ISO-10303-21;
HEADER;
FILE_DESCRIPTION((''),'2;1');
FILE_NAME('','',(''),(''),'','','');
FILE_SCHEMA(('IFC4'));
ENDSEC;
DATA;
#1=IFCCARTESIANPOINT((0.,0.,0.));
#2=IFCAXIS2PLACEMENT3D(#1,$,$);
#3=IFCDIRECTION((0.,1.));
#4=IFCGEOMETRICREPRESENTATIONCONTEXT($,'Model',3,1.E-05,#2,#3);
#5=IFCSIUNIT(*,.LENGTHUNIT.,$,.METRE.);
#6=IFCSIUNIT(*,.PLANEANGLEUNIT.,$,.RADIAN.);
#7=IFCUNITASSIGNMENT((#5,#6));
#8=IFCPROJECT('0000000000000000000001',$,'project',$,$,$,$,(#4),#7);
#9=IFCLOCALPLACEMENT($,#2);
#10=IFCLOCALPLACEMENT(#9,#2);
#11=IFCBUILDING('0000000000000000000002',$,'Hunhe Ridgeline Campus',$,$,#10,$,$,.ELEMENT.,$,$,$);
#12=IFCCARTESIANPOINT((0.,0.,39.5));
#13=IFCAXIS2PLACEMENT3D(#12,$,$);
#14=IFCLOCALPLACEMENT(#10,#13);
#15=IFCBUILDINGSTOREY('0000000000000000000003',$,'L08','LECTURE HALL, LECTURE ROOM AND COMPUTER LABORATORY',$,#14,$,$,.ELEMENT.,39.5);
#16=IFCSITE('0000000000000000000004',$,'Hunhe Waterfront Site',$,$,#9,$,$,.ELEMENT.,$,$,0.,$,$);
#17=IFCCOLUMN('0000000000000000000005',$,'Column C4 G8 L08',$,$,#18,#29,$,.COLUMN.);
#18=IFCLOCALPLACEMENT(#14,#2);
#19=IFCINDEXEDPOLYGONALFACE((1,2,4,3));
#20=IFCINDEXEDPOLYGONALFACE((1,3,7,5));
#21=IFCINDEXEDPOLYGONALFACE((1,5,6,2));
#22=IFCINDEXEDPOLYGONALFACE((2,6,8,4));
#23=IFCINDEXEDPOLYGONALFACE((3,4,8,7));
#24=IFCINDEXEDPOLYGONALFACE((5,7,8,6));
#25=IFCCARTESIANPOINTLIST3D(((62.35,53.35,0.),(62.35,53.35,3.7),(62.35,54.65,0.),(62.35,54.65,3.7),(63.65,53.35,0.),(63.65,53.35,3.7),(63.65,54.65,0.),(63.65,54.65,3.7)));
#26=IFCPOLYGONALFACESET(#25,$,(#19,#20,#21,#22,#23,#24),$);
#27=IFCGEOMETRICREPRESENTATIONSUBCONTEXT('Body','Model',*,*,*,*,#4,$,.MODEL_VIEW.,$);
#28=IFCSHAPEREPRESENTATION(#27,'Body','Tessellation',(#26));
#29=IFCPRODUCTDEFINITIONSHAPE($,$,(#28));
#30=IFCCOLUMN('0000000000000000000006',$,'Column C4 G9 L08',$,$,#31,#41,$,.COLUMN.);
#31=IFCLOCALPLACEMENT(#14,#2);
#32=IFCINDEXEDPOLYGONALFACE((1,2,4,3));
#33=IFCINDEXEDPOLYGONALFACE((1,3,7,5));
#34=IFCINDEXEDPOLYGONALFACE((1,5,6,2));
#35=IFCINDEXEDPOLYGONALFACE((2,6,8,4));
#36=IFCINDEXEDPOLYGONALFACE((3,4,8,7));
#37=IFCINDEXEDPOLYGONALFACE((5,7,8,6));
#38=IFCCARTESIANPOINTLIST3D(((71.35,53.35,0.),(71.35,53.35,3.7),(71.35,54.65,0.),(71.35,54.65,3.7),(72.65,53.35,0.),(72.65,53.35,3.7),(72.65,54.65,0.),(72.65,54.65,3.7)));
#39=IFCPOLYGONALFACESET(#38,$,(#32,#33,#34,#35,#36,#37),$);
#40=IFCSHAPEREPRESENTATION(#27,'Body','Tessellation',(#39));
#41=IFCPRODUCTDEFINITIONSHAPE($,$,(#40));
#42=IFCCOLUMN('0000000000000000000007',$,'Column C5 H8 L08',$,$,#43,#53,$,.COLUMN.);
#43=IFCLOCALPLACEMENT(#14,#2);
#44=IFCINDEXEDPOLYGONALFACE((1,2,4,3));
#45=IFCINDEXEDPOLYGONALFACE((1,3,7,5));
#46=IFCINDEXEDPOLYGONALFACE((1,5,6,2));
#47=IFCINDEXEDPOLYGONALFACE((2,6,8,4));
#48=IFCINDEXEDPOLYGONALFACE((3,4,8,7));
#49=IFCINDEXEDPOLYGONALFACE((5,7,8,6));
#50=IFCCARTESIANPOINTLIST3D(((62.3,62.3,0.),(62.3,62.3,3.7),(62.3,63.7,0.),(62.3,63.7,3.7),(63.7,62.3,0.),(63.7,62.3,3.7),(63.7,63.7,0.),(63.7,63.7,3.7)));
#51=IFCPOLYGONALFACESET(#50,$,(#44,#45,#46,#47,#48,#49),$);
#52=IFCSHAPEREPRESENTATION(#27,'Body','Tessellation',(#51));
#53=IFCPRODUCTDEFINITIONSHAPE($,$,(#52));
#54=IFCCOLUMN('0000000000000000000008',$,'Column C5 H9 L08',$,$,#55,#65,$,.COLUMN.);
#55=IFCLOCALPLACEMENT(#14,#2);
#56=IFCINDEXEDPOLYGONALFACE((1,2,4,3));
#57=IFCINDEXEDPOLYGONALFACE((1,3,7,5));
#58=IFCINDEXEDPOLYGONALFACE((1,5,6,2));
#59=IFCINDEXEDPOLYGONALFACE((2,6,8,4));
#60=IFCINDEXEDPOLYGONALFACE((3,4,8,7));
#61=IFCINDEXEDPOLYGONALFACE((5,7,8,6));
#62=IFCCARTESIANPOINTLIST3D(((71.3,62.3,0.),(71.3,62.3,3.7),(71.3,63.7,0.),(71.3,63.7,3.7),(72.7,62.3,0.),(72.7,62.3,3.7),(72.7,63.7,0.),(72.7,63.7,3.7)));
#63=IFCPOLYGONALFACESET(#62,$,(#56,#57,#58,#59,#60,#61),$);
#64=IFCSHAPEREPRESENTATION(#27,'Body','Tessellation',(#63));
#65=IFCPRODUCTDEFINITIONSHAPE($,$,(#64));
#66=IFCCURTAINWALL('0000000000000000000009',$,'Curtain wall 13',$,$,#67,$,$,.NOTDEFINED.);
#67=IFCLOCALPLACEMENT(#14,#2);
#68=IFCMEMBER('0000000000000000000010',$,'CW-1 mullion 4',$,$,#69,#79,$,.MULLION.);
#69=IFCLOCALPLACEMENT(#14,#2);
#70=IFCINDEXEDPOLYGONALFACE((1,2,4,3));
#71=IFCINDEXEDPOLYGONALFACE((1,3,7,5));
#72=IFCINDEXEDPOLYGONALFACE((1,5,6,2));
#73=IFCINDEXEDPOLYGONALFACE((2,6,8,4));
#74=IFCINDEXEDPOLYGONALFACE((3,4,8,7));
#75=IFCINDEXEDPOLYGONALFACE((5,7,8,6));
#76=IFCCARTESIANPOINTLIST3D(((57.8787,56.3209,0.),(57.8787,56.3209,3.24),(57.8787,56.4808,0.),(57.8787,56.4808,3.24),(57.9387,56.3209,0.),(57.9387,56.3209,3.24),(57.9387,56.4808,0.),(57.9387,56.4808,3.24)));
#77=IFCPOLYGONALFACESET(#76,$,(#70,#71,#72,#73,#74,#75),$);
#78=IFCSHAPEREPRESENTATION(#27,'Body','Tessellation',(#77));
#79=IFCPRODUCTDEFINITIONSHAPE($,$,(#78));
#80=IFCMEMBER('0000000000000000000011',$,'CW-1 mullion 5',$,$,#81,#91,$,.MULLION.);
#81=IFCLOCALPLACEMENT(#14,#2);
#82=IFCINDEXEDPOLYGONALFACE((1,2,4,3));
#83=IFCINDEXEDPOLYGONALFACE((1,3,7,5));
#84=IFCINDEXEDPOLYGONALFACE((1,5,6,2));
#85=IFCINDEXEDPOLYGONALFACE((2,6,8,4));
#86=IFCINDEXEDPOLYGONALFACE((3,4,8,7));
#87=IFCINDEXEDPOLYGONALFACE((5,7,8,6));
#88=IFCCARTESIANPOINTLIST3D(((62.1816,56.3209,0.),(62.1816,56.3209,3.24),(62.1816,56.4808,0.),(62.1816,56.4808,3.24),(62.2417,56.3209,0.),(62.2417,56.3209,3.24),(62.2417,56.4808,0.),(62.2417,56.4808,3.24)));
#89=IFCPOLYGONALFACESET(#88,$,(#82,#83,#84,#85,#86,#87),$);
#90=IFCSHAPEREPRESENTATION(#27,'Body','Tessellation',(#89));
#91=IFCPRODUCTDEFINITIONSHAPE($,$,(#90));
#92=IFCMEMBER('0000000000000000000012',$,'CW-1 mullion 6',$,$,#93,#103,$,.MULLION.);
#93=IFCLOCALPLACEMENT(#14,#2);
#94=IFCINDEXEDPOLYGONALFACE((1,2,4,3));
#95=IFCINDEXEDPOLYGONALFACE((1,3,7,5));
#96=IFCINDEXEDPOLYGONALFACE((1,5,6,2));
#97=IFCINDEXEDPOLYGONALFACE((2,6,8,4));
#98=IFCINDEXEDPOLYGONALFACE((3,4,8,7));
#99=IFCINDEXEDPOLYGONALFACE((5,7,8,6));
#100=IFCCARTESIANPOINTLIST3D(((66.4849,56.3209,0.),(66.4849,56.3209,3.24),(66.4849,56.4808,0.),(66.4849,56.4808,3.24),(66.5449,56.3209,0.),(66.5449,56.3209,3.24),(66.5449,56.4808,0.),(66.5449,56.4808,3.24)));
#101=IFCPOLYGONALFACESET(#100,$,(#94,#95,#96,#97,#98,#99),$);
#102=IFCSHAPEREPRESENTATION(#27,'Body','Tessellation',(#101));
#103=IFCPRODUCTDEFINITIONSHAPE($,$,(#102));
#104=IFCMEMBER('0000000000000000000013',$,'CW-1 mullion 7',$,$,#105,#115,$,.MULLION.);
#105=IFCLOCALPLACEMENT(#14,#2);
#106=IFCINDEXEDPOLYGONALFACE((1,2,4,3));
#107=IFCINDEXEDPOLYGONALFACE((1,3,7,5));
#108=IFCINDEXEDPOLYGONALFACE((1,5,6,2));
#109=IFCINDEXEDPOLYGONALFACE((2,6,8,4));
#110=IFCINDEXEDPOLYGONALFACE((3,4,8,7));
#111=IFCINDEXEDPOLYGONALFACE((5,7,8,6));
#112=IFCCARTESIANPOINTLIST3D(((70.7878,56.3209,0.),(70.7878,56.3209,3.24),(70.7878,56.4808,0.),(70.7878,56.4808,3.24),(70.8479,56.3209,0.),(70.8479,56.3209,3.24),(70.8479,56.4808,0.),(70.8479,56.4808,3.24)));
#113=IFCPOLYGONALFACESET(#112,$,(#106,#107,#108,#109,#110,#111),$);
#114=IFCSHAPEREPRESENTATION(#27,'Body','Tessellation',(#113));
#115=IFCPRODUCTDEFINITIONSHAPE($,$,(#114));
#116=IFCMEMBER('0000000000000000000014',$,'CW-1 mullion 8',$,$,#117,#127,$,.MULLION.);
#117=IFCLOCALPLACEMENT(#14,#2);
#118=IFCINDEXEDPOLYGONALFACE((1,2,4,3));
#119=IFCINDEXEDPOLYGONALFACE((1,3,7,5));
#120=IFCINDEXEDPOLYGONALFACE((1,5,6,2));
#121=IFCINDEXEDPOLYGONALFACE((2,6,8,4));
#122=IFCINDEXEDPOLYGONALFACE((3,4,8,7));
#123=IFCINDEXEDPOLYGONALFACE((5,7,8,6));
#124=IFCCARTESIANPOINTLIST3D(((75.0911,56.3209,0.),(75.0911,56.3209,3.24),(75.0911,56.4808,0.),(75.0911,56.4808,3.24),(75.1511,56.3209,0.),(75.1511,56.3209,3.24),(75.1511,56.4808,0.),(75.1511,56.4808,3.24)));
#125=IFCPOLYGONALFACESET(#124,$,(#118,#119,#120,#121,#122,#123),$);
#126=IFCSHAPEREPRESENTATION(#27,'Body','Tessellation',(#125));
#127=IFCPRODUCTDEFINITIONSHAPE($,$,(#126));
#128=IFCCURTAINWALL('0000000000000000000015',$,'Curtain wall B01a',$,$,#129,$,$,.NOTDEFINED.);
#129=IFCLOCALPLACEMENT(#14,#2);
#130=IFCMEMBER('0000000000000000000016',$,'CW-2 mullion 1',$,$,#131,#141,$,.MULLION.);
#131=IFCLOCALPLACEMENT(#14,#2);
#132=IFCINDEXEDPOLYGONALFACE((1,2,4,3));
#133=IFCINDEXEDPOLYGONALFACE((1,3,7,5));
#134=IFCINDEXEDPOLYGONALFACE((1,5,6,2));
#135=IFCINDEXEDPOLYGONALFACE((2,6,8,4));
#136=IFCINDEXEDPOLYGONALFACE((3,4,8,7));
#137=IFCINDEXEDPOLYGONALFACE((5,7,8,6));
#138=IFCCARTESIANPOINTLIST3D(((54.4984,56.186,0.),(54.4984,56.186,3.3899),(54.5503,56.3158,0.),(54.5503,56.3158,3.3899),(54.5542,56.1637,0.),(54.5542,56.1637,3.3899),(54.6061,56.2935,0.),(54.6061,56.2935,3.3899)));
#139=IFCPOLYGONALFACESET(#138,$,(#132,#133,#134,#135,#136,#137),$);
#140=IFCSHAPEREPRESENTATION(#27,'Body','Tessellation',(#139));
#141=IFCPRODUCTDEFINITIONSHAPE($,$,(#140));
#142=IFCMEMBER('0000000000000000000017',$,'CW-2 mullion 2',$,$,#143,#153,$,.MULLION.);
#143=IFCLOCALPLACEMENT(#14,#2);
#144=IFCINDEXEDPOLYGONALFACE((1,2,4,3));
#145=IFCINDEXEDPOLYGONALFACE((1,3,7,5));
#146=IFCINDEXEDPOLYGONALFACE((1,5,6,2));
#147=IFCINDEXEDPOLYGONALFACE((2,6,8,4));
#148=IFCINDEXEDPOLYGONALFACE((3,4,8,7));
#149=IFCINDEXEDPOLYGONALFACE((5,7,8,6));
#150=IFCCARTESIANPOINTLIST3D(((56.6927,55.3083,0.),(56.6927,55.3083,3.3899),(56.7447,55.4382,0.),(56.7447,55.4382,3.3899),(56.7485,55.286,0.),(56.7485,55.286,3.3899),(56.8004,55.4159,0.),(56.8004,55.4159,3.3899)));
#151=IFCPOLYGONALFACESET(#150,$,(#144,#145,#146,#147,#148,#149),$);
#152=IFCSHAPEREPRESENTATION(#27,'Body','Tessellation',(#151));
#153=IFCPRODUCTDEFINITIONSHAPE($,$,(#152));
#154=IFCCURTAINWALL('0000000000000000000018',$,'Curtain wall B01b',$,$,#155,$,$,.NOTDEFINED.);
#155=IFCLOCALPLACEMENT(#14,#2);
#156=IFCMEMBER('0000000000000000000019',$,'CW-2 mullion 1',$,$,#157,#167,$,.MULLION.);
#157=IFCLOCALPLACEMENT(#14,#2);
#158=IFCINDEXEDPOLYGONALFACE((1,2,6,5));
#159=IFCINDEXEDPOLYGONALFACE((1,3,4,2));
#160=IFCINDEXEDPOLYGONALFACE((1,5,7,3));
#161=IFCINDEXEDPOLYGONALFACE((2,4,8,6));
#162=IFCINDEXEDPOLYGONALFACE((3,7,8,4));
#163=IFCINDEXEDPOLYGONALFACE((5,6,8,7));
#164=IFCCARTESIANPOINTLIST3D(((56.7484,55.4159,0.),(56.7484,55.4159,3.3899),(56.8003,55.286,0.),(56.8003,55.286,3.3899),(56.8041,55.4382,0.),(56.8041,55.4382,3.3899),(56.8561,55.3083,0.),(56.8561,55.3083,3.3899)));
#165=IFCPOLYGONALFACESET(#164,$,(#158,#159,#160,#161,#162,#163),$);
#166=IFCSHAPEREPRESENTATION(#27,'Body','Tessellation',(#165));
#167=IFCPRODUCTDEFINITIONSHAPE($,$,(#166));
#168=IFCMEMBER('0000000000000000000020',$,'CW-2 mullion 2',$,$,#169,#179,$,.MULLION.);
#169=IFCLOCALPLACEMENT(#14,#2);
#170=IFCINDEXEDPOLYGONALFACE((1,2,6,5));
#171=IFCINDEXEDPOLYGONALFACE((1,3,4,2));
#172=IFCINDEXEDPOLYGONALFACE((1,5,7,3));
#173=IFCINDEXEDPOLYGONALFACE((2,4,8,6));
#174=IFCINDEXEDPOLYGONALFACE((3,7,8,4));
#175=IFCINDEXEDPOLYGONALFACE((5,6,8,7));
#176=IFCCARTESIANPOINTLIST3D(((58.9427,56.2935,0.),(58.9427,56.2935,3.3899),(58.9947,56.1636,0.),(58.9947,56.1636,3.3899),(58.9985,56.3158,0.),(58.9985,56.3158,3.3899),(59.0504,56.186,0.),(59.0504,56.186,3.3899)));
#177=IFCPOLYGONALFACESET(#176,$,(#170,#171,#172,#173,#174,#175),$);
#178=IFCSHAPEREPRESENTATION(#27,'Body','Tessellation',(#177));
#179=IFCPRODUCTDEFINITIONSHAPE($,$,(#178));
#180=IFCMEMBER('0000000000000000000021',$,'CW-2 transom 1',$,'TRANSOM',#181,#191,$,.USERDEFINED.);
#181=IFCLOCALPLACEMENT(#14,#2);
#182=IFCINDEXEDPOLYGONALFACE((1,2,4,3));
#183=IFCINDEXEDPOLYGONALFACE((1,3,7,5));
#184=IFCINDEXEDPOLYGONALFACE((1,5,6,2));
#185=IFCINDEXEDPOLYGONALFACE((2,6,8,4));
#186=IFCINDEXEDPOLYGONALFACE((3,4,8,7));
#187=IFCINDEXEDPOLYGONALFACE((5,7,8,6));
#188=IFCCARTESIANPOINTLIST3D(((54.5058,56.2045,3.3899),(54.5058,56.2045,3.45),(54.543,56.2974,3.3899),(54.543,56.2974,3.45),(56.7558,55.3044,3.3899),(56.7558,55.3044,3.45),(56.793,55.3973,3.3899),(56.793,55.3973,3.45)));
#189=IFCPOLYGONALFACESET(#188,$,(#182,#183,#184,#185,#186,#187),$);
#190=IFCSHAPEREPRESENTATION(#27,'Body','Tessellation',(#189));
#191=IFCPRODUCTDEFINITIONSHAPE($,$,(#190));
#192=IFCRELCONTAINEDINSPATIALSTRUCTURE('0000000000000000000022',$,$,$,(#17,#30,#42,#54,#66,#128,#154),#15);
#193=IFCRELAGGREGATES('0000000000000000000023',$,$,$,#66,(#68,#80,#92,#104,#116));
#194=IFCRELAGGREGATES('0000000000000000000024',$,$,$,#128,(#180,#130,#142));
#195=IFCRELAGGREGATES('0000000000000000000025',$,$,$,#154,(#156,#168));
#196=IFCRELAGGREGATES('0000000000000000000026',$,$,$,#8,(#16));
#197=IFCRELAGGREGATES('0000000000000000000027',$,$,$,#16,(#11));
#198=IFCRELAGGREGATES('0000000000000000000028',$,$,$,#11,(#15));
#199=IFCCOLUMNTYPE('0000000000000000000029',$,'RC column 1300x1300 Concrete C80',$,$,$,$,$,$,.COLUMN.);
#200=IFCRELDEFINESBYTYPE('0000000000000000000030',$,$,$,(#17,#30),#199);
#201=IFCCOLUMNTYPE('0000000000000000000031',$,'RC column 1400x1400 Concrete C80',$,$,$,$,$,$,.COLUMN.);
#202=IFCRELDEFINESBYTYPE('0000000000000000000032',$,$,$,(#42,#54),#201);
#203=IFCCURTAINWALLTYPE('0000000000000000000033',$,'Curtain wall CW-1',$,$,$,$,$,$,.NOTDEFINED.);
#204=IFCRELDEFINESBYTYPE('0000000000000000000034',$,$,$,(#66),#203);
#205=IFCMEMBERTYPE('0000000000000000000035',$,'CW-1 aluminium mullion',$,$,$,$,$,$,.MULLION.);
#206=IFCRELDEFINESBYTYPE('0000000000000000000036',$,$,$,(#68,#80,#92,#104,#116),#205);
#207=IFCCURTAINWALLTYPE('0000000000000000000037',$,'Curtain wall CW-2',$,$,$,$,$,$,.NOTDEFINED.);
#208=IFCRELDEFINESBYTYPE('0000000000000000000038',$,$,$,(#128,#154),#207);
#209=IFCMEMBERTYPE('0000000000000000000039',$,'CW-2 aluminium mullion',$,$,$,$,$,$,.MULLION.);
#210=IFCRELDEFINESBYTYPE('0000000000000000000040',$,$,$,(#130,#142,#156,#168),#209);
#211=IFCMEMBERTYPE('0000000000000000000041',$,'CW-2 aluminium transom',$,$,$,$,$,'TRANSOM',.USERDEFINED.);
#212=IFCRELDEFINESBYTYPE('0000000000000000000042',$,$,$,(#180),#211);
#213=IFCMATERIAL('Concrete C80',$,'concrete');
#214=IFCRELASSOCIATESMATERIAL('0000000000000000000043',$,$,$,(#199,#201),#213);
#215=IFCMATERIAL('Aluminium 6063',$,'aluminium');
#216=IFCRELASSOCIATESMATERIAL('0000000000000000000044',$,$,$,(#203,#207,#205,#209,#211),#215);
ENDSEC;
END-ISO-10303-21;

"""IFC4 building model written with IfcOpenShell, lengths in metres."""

from ifc_helpers import new_model, si_unit, direction, frame, origin, origin_2d, place, context, subcontext, project, spatial, rectangle, extrude, material, material_profile, profile_set, type_object, element, aggregate, save


model = new_model("IFC4")

# Units and contexts
model_context = context("Model", 3, precision=1e-05, world=origin(), true_north=direction((0.0, 1.0)))
body_context = subcontext(model_context, "Body", "Model", "MODEL_VIEW")
ifc_project = project(units=[si_unit("LENGTHUNIT", "METRE"), si_unit("PLANEANGLEUNIT", "RADIAN")], contexts=[model_context])

# Site, building, storey
site_placement = place(None, origin())
site = spatial("IfcSite", under=ifc_project, at=site_placement, Name="Hunhe Waterfront Site", CompositionType="ELEMENT", RefElevation=0.0)
building_placement = place(site_placement, origin())
building = spatial("IfcBuilding", under=site, at=building_placement, Name="Hunhe Ridgeline Campus", CompositionType="ELEMENT")
storey_placement = place(building_placement, frame((0.0, 0.0, 39.5)))
storey = spatial("IfcBuildingStorey", under=building, at=storey_placement, Name="L08", Description="LECTURE HALL, LECTURE ROOM AND COMPUTER LABORATORY", CompositionType="ELEMENT", Elevation=39.5)

# Columns
ifc_material_1 = material(Name="Concrete C80", Category="concrete")
ifc_material_profile_1 = material_profile(ifc_material_1, rectangle(XDim=1.3, YDim=1.3, at=origin_2d()))
ifc_profile_set_1 = profile_set([ifc_material_profile_1], Name="Concrete C80")
column_type_1 = type_object("IfcColumnType", Name="RC column 1300x1300 Concrete C80", PredefinedType="COLUMN", material=ifc_profile_set_1)
for number, where, z_axis, x_axis, name in (
    (1, (63.0, 54.0, 0.0), (0.0, 0.0, 1.0), (1.0, 0.0, 0.0), "Column C4 G8 L08"),
    (2, (72.0, 54.0, 0.0), (0.0, 0.0, 1.0), (1.0, 0.0, 0.0), "Column C4 G9 L08"),
):
    element("IfcColumn", number, at=place(storey_placement, frame(where, z_axis=z_axis, x_axis=x_axis)), inside=storey, type_object=column_type_1, Name=name, PredefinedType="COLUMN", context=body_context, shape_type="SweptSolid", body=[
        extrude(rectangle(XDim=1.3, YDim=1.3, at=origin_2d()), origin(), (0.0, 0.0, 1.0), 3.7),
    ])
ifc_material_profile_2 = material_profile(ifc_material_1, rectangle(XDim=1.3999, YDim=1.3999, at=origin_2d()))
ifc_profile_set_2 = profile_set([ifc_material_profile_2], Name="Concrete C80")
column_type_2 = type_object("IfcColumnType", Name="RC column 1400x1400 Concrete C80", PredefinedType="COLUMN", material=ifc_profile_set_2)
for number, where, z_axis, x_axis, name in (
    (3, (63.0, 63.0, 0.0), (0.0, 0.0, 1.0), (1.0, 0.0, 0.0), "Column C5 H8 L08"),
    (4, (72.0, 63.0, 0.0), (0.0, 0.0, 1.0), (1.0, 0.0, 0.0), "Column C5 H9 L08"),
):
    element("IfcColumn", number, at=place(storey_placement, frame(where, z_axis=z_axis, x_axis=x_axis)), inside=storey, type_object=column_type_2, Name=name, PredefinedType="COLUMN", context=body_context, shape_type="SweptSolid", body=[
        extrude(rectangle(XDim=1.3999, YDim=1.3999, at=origin_2d()), origin(), (0.0, 0.0, 1.0), 3.7),
    ])

# Curtain walls, members
ifc_material_2 = material(Name="Aluminium 6063", Category="aluminium")
curtain_wall_type_1 = type_object("IfcCurtainWallType", Name="Curtain wall CW-1", PredefinedType="NOTDEFINED", material=ifc_material_2)
curtain_wall_1_placement = place(storey_placement, origin())
curtain_wall_1 = element("IfcCurtainWall", 5, at=curtain_wall_1_placement, inside=storey, type_object=curtain_wall_type_1, Name="Curtain wall 13", PredefinedType="NOTDEFINED")
ifc_material_profile_3 = material_profile(ifc_material_2, rectangle(XDim=0.1599, YDim=0.0601, at=origin_2d()))
ifc_profile_set_3 = profile_set([ifc_material_profile_3], Name="Aluminium 6063")
member_type_1 = type_object("IfcMemberType", Name="CW-1 aluminium mullion", PredefinedType="MULLION", material=ifc_profile_set_3)
member_1_placement = place(storey_placement, frame((57.9087, 56.4009, 0.0), z_axis=(0.0, 0.0, 1.0), x_axis=(-0.000004, 1.0, 0.0)))
member_1 = element("IfcMember", 6, at=member_1_placement, type_object=member_type_1, Name="CW-1 mullion 4", PredefinedType="MULLION", context=body_context, shape_type="SweptSolid", body=[
    extrude(rectangle(XDim=0.1599, YDim=0.0601, at=origin_2d()), origin(), (0.0, 0.0, 1.0), 3.24),
])
member_2_placement = place(storey_placement, frame((62.2117, 56.4009, 0.0), z_axis=(0.0, 0.0, 1.0), x_axis=(-0.000004, 1.0, 0.0)))
member_2 = element("IfcMember", 7, at=member_2_placement, type_object=member_type_1, Name="CW-1 mullion 5", PredefinedType="MULLION", context=body_context, shape_type="SweptSolid", body=[
    extrude(rectangle(XDim=0.1599, YDim=0.0601, at=origin_2d()), origin(), (0.0, 0.0, 1.0), 3.24),
])
member_3_placement = place(storey_placement, frame((66.5149, 56.4009, 0.0), z_axis=(0.0, 0.0, 1.0), x_axis=(-0.000004, 1.0, 0.0)))
member_3 = element("IfcMember", 8, at=member_3_placement, type_object=member_type_1, Name="CW-1 mullion 6", PredefinedType="MULLION", context=body_context, shape_type="SweptSolid", body=[
    extrude(rectangle(XDim=0.1599, YDim=0.0601, at=origin_2d()), origin(), (0.0, 0.0, 1.0), 3.24),
])
member_4_placement = place(storey_placement, frame((70.8179, 56.4009, 0.0), z_axis=(0.0, 0.0, 1.0), x_axis=(-0.000004, 1.0, 0.0)))
member_4 = element("IfcMember", 9, at=member_4_placement, type_object=member_type_1, Name="CW-1 mullion 7", PredefinedType="MULLION", context=body_context, shape_type="SweptSolid", body=[
    extrude(rectangle(XDim=0.1599, YDim=0.0601, at=origin_2d()), origin(), (0.0, 0.0, 1.0), 3.24),
])
member_5_placement = place(storey_placement, frame((75.1211, 56.4009, 0.0), z_axis=(0.0, 0.0, 1.0), x_axis=(-0.000004, 1.0, 0.0)))
member_5 = element("IfcMember", 10, at=member_5_placement, type_object=member_type_1, Name="CW-1 mullion 8", PredefinedType="MULLION", context=body_context, shape_type="SweptSolid", body=[
    extrude(rectangle(XDim=0.1599, YDim=0.0601, at=origin_2d()), origin(), (0.0, 0.0, 1.0), 3.24),
])
curtain_wall_type_2 = type_object("IfcCurtainWallType", Name="Curtain wall CW-2", PredefinedType="NOTDEFINED", material=ifc_material_2)
curtain_wall_2_placement = place(storey_placement, origin())
curtain_wall_2 = element("IfcCurtainWall", 11, at=curtain_wall_2_placement, inside=storey, type_object=curtain_wall_type_2, Name="Curtain wall B01a", PredefinedType="NOTDEFINED")
ifc_material_profile_4 = material_profile(ifc_material_2, rectangle(XDim=0.1399, YDim=0.0601, at=origin_2d()))
ifc_profile_set_4 = profile_set([ifc_material_profile_4], Name="Aluminium 6063")
member_type_2 = type_object("IfcMemberType", Name="CW-2 aluminium mullion", PredefinedType="MULLION", material=ifc_profile_set_4)
member_6_placement = place(storey_placement, frame((54.5522, 56.2397, 0.0), z_axis=(0.0, 0.0, 1.0), x_axis=(0.371387, 0.928478, 0.0)))
member_6 = element("IfcMember", 12, at=member_6_placement, type_object=member_type_2, Name="CW-2 mullion 1", PredefinedType="MULLION", context=body_context, shape_type="SweptSolid", body=[
    extrude(rectangle(XDim=0.1399, YDim=0.0601, at=origin_2d()), origin(), (0.0, 0.0, 1.0), 3.3899),
])
member_7_placement = place(storey_placement, frame((56.7466, 55.3621, 0.0), z_axis=(0.0, 0.0, 1.0), x_axis=(0.371387, 0.928478, 0.0)))
member_7 = element("IfcMember", 13, at=member_7_placement, type_object=member_type_2, Name="CW-2 mullion 2", PredefinedType="MULLION", context=body_context, shape_type="SweptSolid", body=[
    extrude(rectangle(XDim=0.1399, YDim=0.0601, at=origin_2d()), origin(), (0.0, 0.0, 1.0), 3.3899),
])
curtain_wall_3_placement = place(storey_placement, origin())
curtain_wall_3 = element("IfcCurtainWall", 14, at=curtain_wall_3_placement, inside=storey, type_object=curtain_wall_type_2, Name="Curtain wall B01b", PredefinedType="NOTDEFINED")
member_8_placement = place(storey_placement, frame((56.8022, 55.3621, 0.0), z_axis=(0.0, 0.0, 1.0), x_axis=(-0.371394, 0.928475, 0.0)))
member_8 = element("IfcMember", 15, at=member_8_placement, type_object=member_type_2, Name="CW-2 mullion 1", PredefinedType="MULLION", context=body_context, shape_type="SweptSolid", body=[
    extrude(rectangle(XDim=0.1399, YDim=0.0601, at=origin_2d()), origin(), (0.0, 0.0, 1.0), 3.3899),
])
member_9_placement = place(storey_placement, frame((58.9966, 56.2397, 0.0), z_axis=(0.0, 0.0, 1.0), x_axis=(-0.371394, 0.928475, 0.0)))
member_9 = element("IfcMember", 16, at=member_9_placement, type_object=member_type_2, Name="CW-2 mullion 2", PredefinedType="MULLION", context=body_context, shape_type="SweptSolid", body=[
    extrude(rectangle(XDim=0.1399, YDim=0.0601, at=origin_2d()), origin(), (0.0, 0.0, 1.0), 3.3899),
])

# Member
ifc_material_profile_5 = material_profile(ifc_material_2, rectangle(XDim=0.1001, YDim=0.0601, at=origin_2d()))
ifc_profile_set_5 = profile_set([ifc_material_profile_5], Name="Aluminium 6063")
member_type_3 = type_object("IfcMemberType", Name="CW-2 aluminium transom", ElementType="TRANSOM", PredefinedType="USERDEFINED", material=ifc_profile_set_5)
member_10_placement = place(storey_placement, frame((54.5244, 56.251, 3.4199), z_axis=(0.928456, -0.371443, 0.0), x_axis=(0.371443, 0.928456, 0.0)))
member_10 = element("IfcMember", 17, at=member_10_placement, type_object=member_type_3, Name="CW-2 transom 1", ObjectType="TRANSOM", PredefinedType="USERDEFINED", context=body_context, shape_type="SweptSolid", body=[
    extrude(rectangle(XDim=0.1001, YDim=0.0601, at=origin_2d()), origin(), (0.0, 0.0, 1.0), 2.4233),
])

aggregate(curtain_wall_1, [member_1, member_2, member_3, member_4, member_5])
aggregate(curtain_wall_2, [member_10, member_6, member_7])
aggregate(curtain_wall_3, [member_8, member_9])

save(model, "model.ifc")
